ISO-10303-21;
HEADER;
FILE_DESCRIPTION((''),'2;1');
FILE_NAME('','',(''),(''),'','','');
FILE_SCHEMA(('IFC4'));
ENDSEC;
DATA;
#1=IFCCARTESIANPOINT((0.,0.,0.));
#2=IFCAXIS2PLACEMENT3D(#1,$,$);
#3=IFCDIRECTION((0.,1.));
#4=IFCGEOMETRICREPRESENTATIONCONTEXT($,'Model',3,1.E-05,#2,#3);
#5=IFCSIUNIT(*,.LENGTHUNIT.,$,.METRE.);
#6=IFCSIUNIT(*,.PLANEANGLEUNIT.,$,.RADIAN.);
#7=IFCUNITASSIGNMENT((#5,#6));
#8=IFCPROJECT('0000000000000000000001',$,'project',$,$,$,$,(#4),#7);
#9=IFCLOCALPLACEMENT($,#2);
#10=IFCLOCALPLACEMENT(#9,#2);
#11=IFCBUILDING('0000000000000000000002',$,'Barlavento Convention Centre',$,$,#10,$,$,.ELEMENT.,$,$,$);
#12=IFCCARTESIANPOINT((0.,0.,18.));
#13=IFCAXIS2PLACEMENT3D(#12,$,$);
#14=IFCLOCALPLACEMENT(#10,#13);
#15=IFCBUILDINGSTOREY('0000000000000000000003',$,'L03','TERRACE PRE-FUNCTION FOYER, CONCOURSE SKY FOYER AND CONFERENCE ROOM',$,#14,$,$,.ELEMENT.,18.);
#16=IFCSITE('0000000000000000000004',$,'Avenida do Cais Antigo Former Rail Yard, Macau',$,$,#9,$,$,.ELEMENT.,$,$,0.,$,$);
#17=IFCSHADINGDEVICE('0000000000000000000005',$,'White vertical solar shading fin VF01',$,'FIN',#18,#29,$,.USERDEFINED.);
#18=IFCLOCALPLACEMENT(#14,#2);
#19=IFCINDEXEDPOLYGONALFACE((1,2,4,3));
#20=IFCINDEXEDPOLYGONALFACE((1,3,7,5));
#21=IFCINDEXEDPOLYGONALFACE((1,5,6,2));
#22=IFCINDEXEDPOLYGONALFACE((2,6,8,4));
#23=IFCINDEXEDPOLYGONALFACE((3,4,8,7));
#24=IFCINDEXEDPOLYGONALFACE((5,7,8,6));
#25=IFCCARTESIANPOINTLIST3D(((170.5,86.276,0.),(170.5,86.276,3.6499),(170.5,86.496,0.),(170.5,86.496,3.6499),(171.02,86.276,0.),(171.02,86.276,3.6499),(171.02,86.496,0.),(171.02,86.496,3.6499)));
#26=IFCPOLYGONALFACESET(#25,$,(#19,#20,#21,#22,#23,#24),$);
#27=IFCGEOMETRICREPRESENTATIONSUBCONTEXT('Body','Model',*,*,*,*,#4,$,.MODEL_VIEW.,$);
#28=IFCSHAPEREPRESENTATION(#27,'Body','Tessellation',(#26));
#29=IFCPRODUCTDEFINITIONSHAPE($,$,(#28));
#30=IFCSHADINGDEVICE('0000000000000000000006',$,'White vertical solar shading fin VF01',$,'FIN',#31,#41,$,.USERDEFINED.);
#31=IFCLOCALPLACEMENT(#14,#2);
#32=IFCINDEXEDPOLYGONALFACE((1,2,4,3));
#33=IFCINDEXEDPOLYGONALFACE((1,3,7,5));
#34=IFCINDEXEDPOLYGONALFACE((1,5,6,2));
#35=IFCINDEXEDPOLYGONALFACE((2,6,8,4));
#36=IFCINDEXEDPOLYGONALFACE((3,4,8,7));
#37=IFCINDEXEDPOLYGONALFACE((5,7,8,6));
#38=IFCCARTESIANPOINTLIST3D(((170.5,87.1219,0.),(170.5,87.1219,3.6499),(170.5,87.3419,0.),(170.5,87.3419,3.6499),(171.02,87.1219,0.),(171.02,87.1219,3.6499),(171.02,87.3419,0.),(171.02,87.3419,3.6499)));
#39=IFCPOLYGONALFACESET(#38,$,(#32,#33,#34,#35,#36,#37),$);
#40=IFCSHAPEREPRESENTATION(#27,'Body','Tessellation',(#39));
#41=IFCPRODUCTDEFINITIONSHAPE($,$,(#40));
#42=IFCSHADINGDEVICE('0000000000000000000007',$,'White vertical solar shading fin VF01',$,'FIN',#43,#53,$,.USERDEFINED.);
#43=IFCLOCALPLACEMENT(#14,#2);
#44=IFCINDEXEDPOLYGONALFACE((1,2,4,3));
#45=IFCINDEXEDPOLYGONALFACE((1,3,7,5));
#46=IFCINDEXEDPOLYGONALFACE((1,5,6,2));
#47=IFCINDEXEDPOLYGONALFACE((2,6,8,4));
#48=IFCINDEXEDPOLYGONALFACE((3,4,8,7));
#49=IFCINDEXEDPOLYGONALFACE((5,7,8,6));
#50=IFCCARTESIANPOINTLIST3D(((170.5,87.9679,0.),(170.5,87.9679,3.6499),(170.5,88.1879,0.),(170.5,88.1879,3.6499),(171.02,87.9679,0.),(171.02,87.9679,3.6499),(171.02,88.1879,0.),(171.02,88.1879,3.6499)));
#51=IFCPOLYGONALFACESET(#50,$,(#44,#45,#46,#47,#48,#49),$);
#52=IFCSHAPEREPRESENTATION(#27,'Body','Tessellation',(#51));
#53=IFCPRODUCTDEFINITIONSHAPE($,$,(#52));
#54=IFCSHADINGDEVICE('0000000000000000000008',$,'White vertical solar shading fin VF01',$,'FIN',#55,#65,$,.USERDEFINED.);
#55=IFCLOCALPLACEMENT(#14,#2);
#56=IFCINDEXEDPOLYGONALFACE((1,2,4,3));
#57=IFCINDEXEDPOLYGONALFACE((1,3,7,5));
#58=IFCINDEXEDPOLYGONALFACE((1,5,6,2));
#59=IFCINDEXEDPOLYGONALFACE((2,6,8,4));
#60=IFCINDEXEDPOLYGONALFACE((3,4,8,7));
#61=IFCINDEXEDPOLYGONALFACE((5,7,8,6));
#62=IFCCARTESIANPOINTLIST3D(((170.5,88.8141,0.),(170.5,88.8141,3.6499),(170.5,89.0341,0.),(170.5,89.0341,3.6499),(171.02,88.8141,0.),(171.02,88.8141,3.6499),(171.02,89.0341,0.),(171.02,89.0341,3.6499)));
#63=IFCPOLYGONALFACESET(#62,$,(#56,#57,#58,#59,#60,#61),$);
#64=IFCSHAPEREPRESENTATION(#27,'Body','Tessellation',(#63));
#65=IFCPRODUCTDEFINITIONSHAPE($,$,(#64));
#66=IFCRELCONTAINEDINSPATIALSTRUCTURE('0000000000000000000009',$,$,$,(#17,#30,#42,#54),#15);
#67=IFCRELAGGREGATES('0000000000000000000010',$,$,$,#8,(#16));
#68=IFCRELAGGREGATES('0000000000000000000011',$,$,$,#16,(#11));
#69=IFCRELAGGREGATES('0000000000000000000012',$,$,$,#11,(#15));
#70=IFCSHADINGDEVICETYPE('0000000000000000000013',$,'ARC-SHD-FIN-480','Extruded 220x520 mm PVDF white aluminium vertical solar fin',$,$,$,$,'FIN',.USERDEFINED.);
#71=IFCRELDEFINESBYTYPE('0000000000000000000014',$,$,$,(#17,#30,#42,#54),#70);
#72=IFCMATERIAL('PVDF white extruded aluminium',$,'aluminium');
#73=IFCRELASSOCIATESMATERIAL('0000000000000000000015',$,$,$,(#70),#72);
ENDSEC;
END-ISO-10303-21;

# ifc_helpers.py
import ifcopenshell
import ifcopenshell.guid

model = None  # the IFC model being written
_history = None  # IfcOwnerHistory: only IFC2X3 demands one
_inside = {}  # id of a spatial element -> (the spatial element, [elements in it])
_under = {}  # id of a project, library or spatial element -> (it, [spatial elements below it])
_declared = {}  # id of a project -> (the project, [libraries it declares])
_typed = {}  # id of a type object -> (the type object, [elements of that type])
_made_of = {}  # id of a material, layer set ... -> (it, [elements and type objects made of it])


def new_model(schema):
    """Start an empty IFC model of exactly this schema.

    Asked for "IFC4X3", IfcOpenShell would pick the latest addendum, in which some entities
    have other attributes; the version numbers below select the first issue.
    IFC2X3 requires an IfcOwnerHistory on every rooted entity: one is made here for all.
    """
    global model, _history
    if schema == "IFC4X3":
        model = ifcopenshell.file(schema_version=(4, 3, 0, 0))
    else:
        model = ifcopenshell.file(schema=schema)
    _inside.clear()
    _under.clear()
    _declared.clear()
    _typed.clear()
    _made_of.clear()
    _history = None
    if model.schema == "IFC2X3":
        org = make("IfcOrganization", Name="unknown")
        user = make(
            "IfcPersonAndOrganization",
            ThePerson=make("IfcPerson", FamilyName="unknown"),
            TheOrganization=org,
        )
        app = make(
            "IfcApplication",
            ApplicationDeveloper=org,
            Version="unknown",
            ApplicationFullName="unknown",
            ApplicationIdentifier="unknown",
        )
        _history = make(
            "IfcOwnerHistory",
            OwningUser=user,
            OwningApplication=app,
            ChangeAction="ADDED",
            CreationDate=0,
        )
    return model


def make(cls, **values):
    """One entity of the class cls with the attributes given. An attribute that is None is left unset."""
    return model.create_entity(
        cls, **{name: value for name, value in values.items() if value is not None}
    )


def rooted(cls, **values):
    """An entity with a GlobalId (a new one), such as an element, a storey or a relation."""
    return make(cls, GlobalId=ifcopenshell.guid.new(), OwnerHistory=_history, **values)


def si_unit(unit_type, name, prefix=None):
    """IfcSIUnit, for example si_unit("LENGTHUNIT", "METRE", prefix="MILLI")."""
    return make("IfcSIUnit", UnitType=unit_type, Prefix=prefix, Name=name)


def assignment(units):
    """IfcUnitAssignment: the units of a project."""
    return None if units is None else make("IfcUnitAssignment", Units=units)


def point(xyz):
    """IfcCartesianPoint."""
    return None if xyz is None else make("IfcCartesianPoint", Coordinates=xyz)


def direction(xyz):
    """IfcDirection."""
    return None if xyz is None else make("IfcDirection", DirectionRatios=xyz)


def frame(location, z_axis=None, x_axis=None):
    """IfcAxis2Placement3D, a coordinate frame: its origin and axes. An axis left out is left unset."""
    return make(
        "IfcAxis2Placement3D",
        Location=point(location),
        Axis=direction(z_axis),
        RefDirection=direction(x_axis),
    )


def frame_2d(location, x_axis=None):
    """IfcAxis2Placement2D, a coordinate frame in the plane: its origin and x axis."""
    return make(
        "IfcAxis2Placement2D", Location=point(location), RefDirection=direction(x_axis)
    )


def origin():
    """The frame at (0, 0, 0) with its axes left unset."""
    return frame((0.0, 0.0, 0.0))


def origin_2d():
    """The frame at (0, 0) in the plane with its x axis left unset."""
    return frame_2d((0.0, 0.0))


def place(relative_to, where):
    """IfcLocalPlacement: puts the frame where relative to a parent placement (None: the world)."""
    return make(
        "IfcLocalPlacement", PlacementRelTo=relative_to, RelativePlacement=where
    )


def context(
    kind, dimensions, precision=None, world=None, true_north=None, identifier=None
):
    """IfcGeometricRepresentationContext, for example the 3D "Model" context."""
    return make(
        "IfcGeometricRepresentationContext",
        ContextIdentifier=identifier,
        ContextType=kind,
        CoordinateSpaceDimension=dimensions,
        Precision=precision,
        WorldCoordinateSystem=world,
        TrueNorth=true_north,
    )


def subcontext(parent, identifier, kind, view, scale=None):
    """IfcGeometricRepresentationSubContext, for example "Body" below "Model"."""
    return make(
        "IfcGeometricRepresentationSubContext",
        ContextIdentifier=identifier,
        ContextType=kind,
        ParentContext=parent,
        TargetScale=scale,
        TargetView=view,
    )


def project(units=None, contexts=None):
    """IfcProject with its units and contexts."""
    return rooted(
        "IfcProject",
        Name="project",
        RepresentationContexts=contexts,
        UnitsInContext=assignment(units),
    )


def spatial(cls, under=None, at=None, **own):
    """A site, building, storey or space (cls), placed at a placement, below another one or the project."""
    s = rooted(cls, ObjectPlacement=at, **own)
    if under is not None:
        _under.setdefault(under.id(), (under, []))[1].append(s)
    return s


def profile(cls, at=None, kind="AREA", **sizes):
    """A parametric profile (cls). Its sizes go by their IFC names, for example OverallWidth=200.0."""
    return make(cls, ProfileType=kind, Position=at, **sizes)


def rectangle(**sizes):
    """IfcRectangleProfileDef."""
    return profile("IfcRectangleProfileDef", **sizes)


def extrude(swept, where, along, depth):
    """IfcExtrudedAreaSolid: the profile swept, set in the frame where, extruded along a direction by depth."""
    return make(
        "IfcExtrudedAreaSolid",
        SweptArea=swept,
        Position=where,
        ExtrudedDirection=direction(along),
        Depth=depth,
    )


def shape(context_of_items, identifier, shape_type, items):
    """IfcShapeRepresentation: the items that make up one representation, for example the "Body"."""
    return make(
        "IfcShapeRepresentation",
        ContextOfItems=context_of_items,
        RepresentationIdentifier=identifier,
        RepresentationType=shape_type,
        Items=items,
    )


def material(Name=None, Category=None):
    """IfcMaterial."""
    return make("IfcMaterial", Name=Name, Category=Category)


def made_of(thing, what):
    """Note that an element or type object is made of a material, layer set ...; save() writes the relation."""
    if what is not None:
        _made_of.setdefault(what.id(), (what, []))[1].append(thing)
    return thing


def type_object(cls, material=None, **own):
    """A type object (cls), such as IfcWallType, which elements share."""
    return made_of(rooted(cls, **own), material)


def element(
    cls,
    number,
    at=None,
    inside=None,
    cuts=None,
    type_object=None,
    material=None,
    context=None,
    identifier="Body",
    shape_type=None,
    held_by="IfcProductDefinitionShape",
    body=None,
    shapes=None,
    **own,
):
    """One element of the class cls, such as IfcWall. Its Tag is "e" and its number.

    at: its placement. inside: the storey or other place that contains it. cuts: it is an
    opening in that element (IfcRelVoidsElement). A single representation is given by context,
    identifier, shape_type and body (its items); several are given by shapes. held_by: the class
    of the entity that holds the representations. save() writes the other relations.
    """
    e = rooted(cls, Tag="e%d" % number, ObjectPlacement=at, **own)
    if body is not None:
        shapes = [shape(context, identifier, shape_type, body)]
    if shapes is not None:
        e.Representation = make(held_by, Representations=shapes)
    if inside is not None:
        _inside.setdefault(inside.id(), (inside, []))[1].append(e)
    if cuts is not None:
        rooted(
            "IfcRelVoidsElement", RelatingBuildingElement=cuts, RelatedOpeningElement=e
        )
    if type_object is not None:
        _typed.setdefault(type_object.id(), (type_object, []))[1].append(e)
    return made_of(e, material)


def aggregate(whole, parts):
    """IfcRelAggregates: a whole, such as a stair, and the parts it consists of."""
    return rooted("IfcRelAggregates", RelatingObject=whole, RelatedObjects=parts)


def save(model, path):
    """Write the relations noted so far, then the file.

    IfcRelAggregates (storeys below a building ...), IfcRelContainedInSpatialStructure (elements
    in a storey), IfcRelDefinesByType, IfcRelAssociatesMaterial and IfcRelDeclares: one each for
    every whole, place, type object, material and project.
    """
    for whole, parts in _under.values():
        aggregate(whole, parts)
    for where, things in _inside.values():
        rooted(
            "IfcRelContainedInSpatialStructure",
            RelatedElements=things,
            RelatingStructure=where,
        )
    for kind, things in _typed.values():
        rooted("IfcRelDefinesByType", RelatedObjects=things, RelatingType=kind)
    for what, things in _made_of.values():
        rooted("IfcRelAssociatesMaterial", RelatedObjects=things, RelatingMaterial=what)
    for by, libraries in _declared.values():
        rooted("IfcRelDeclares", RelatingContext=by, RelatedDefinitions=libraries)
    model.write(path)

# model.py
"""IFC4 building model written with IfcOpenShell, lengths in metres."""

from ifc_helpers import new_model, si_unit, direction, frame, origin, origin_2d, place, context, subcontext, project, spatial, rectangle, extrude, material, type_object, element, save


model = new_model("IFC4")

# Units and contexts
model_context = context("Model", 3, precision=1e-05, world=origin(), true_north=direction((0.0, 1.0)))
body_context = subcontext(model_context, "Body", "Model", "MODEL_VIEW")
ifc_project = project(units=[si_unit("LENGTHUNIT", "METRE"), si_unit("PLANEANGLEUNIT", "RADIAN")], contexts=[model_context])

# Site, building, storey
site_placement = place(None, origin())
site = spatial("IfcSite", under=ifc_project, at=site_placement, Name="Avenida do Cais Antigo Former Rail Yard, Macau", CompositionType="ELEMENT", RefElevation=0.0)
building_placement = place(site_placement, origin())
building = spatial("IfcBuilding", under=site, at=building_placement, Name="Barlavento Convention Centre", CompositionType="ELEMENT")
storey_placement = place(building_placement, frame((0.0, 0.0, 18.0)))
storey = spatial("IfcBuildingStorey", under=building, at=storey_placement, Name="L03", Description="TERRACE PRE-FUNCTION FOYER, CONCOURSE SKY FOYER AND CONFERENCE ROOM", CompositionType="ELEMENT", Elevation=18.0)

# Shading devices
ifc_material_1 = material(Name="PVDF white extruded aluminium", Category="aluminium")
shading_device_type = type_object("IfcShadingDeviceType", Name="ARC-SHD-FIN-480", Description="Extruded 220x520 mm PVDF white aluminium vertical solar fin", ElementType="FIN", PredefinedType="USERDEFINED", material=ifc_material_1)
for number, where, z_axis, x_axis, name in (
    (1, (170.76, 86.386, 0.0), (0.0, 0.0, 1.0), (0.0, 1.0, 0.0), "White vertical solar shading fin VF01"),
    (2, (170.76, 87.2319, 0.0), (0.0, 0.0, 1.0), (0.0, 1.0, 0.0), "White vertical solar shading fin VF01"),
    (3, (170.76, 88.0779, 0.0), (0.0, 0.0, 1.0), (0.0, 1.0, 0.0), "White vertical solar shading fin VF01"),
    (4, (170.76, 88.9241, 0.0), (0.0, 0.0, 1.0), (0.0, 1.0, 0.0), "White vertical solar shading fin VF01"),
):
    element("IfcShadingDevice", number, at=place(storey_placement, frame(where, z_axis=z_axis, x_axis=x_axis)), inside=storey, type_object=shading_device_type, Name=name, ObjectType="FIN", PredefinedType="USERDEFINED", context=body_context, shape_type="SweptSolid", body=[
        extrude(rectangle(XDim=0.22, YDim=0.52, at=origin_2d()), origin(), (0.0, 0.0, 1.0), 3.6499),
    ])

save(model, "model.ifc")
